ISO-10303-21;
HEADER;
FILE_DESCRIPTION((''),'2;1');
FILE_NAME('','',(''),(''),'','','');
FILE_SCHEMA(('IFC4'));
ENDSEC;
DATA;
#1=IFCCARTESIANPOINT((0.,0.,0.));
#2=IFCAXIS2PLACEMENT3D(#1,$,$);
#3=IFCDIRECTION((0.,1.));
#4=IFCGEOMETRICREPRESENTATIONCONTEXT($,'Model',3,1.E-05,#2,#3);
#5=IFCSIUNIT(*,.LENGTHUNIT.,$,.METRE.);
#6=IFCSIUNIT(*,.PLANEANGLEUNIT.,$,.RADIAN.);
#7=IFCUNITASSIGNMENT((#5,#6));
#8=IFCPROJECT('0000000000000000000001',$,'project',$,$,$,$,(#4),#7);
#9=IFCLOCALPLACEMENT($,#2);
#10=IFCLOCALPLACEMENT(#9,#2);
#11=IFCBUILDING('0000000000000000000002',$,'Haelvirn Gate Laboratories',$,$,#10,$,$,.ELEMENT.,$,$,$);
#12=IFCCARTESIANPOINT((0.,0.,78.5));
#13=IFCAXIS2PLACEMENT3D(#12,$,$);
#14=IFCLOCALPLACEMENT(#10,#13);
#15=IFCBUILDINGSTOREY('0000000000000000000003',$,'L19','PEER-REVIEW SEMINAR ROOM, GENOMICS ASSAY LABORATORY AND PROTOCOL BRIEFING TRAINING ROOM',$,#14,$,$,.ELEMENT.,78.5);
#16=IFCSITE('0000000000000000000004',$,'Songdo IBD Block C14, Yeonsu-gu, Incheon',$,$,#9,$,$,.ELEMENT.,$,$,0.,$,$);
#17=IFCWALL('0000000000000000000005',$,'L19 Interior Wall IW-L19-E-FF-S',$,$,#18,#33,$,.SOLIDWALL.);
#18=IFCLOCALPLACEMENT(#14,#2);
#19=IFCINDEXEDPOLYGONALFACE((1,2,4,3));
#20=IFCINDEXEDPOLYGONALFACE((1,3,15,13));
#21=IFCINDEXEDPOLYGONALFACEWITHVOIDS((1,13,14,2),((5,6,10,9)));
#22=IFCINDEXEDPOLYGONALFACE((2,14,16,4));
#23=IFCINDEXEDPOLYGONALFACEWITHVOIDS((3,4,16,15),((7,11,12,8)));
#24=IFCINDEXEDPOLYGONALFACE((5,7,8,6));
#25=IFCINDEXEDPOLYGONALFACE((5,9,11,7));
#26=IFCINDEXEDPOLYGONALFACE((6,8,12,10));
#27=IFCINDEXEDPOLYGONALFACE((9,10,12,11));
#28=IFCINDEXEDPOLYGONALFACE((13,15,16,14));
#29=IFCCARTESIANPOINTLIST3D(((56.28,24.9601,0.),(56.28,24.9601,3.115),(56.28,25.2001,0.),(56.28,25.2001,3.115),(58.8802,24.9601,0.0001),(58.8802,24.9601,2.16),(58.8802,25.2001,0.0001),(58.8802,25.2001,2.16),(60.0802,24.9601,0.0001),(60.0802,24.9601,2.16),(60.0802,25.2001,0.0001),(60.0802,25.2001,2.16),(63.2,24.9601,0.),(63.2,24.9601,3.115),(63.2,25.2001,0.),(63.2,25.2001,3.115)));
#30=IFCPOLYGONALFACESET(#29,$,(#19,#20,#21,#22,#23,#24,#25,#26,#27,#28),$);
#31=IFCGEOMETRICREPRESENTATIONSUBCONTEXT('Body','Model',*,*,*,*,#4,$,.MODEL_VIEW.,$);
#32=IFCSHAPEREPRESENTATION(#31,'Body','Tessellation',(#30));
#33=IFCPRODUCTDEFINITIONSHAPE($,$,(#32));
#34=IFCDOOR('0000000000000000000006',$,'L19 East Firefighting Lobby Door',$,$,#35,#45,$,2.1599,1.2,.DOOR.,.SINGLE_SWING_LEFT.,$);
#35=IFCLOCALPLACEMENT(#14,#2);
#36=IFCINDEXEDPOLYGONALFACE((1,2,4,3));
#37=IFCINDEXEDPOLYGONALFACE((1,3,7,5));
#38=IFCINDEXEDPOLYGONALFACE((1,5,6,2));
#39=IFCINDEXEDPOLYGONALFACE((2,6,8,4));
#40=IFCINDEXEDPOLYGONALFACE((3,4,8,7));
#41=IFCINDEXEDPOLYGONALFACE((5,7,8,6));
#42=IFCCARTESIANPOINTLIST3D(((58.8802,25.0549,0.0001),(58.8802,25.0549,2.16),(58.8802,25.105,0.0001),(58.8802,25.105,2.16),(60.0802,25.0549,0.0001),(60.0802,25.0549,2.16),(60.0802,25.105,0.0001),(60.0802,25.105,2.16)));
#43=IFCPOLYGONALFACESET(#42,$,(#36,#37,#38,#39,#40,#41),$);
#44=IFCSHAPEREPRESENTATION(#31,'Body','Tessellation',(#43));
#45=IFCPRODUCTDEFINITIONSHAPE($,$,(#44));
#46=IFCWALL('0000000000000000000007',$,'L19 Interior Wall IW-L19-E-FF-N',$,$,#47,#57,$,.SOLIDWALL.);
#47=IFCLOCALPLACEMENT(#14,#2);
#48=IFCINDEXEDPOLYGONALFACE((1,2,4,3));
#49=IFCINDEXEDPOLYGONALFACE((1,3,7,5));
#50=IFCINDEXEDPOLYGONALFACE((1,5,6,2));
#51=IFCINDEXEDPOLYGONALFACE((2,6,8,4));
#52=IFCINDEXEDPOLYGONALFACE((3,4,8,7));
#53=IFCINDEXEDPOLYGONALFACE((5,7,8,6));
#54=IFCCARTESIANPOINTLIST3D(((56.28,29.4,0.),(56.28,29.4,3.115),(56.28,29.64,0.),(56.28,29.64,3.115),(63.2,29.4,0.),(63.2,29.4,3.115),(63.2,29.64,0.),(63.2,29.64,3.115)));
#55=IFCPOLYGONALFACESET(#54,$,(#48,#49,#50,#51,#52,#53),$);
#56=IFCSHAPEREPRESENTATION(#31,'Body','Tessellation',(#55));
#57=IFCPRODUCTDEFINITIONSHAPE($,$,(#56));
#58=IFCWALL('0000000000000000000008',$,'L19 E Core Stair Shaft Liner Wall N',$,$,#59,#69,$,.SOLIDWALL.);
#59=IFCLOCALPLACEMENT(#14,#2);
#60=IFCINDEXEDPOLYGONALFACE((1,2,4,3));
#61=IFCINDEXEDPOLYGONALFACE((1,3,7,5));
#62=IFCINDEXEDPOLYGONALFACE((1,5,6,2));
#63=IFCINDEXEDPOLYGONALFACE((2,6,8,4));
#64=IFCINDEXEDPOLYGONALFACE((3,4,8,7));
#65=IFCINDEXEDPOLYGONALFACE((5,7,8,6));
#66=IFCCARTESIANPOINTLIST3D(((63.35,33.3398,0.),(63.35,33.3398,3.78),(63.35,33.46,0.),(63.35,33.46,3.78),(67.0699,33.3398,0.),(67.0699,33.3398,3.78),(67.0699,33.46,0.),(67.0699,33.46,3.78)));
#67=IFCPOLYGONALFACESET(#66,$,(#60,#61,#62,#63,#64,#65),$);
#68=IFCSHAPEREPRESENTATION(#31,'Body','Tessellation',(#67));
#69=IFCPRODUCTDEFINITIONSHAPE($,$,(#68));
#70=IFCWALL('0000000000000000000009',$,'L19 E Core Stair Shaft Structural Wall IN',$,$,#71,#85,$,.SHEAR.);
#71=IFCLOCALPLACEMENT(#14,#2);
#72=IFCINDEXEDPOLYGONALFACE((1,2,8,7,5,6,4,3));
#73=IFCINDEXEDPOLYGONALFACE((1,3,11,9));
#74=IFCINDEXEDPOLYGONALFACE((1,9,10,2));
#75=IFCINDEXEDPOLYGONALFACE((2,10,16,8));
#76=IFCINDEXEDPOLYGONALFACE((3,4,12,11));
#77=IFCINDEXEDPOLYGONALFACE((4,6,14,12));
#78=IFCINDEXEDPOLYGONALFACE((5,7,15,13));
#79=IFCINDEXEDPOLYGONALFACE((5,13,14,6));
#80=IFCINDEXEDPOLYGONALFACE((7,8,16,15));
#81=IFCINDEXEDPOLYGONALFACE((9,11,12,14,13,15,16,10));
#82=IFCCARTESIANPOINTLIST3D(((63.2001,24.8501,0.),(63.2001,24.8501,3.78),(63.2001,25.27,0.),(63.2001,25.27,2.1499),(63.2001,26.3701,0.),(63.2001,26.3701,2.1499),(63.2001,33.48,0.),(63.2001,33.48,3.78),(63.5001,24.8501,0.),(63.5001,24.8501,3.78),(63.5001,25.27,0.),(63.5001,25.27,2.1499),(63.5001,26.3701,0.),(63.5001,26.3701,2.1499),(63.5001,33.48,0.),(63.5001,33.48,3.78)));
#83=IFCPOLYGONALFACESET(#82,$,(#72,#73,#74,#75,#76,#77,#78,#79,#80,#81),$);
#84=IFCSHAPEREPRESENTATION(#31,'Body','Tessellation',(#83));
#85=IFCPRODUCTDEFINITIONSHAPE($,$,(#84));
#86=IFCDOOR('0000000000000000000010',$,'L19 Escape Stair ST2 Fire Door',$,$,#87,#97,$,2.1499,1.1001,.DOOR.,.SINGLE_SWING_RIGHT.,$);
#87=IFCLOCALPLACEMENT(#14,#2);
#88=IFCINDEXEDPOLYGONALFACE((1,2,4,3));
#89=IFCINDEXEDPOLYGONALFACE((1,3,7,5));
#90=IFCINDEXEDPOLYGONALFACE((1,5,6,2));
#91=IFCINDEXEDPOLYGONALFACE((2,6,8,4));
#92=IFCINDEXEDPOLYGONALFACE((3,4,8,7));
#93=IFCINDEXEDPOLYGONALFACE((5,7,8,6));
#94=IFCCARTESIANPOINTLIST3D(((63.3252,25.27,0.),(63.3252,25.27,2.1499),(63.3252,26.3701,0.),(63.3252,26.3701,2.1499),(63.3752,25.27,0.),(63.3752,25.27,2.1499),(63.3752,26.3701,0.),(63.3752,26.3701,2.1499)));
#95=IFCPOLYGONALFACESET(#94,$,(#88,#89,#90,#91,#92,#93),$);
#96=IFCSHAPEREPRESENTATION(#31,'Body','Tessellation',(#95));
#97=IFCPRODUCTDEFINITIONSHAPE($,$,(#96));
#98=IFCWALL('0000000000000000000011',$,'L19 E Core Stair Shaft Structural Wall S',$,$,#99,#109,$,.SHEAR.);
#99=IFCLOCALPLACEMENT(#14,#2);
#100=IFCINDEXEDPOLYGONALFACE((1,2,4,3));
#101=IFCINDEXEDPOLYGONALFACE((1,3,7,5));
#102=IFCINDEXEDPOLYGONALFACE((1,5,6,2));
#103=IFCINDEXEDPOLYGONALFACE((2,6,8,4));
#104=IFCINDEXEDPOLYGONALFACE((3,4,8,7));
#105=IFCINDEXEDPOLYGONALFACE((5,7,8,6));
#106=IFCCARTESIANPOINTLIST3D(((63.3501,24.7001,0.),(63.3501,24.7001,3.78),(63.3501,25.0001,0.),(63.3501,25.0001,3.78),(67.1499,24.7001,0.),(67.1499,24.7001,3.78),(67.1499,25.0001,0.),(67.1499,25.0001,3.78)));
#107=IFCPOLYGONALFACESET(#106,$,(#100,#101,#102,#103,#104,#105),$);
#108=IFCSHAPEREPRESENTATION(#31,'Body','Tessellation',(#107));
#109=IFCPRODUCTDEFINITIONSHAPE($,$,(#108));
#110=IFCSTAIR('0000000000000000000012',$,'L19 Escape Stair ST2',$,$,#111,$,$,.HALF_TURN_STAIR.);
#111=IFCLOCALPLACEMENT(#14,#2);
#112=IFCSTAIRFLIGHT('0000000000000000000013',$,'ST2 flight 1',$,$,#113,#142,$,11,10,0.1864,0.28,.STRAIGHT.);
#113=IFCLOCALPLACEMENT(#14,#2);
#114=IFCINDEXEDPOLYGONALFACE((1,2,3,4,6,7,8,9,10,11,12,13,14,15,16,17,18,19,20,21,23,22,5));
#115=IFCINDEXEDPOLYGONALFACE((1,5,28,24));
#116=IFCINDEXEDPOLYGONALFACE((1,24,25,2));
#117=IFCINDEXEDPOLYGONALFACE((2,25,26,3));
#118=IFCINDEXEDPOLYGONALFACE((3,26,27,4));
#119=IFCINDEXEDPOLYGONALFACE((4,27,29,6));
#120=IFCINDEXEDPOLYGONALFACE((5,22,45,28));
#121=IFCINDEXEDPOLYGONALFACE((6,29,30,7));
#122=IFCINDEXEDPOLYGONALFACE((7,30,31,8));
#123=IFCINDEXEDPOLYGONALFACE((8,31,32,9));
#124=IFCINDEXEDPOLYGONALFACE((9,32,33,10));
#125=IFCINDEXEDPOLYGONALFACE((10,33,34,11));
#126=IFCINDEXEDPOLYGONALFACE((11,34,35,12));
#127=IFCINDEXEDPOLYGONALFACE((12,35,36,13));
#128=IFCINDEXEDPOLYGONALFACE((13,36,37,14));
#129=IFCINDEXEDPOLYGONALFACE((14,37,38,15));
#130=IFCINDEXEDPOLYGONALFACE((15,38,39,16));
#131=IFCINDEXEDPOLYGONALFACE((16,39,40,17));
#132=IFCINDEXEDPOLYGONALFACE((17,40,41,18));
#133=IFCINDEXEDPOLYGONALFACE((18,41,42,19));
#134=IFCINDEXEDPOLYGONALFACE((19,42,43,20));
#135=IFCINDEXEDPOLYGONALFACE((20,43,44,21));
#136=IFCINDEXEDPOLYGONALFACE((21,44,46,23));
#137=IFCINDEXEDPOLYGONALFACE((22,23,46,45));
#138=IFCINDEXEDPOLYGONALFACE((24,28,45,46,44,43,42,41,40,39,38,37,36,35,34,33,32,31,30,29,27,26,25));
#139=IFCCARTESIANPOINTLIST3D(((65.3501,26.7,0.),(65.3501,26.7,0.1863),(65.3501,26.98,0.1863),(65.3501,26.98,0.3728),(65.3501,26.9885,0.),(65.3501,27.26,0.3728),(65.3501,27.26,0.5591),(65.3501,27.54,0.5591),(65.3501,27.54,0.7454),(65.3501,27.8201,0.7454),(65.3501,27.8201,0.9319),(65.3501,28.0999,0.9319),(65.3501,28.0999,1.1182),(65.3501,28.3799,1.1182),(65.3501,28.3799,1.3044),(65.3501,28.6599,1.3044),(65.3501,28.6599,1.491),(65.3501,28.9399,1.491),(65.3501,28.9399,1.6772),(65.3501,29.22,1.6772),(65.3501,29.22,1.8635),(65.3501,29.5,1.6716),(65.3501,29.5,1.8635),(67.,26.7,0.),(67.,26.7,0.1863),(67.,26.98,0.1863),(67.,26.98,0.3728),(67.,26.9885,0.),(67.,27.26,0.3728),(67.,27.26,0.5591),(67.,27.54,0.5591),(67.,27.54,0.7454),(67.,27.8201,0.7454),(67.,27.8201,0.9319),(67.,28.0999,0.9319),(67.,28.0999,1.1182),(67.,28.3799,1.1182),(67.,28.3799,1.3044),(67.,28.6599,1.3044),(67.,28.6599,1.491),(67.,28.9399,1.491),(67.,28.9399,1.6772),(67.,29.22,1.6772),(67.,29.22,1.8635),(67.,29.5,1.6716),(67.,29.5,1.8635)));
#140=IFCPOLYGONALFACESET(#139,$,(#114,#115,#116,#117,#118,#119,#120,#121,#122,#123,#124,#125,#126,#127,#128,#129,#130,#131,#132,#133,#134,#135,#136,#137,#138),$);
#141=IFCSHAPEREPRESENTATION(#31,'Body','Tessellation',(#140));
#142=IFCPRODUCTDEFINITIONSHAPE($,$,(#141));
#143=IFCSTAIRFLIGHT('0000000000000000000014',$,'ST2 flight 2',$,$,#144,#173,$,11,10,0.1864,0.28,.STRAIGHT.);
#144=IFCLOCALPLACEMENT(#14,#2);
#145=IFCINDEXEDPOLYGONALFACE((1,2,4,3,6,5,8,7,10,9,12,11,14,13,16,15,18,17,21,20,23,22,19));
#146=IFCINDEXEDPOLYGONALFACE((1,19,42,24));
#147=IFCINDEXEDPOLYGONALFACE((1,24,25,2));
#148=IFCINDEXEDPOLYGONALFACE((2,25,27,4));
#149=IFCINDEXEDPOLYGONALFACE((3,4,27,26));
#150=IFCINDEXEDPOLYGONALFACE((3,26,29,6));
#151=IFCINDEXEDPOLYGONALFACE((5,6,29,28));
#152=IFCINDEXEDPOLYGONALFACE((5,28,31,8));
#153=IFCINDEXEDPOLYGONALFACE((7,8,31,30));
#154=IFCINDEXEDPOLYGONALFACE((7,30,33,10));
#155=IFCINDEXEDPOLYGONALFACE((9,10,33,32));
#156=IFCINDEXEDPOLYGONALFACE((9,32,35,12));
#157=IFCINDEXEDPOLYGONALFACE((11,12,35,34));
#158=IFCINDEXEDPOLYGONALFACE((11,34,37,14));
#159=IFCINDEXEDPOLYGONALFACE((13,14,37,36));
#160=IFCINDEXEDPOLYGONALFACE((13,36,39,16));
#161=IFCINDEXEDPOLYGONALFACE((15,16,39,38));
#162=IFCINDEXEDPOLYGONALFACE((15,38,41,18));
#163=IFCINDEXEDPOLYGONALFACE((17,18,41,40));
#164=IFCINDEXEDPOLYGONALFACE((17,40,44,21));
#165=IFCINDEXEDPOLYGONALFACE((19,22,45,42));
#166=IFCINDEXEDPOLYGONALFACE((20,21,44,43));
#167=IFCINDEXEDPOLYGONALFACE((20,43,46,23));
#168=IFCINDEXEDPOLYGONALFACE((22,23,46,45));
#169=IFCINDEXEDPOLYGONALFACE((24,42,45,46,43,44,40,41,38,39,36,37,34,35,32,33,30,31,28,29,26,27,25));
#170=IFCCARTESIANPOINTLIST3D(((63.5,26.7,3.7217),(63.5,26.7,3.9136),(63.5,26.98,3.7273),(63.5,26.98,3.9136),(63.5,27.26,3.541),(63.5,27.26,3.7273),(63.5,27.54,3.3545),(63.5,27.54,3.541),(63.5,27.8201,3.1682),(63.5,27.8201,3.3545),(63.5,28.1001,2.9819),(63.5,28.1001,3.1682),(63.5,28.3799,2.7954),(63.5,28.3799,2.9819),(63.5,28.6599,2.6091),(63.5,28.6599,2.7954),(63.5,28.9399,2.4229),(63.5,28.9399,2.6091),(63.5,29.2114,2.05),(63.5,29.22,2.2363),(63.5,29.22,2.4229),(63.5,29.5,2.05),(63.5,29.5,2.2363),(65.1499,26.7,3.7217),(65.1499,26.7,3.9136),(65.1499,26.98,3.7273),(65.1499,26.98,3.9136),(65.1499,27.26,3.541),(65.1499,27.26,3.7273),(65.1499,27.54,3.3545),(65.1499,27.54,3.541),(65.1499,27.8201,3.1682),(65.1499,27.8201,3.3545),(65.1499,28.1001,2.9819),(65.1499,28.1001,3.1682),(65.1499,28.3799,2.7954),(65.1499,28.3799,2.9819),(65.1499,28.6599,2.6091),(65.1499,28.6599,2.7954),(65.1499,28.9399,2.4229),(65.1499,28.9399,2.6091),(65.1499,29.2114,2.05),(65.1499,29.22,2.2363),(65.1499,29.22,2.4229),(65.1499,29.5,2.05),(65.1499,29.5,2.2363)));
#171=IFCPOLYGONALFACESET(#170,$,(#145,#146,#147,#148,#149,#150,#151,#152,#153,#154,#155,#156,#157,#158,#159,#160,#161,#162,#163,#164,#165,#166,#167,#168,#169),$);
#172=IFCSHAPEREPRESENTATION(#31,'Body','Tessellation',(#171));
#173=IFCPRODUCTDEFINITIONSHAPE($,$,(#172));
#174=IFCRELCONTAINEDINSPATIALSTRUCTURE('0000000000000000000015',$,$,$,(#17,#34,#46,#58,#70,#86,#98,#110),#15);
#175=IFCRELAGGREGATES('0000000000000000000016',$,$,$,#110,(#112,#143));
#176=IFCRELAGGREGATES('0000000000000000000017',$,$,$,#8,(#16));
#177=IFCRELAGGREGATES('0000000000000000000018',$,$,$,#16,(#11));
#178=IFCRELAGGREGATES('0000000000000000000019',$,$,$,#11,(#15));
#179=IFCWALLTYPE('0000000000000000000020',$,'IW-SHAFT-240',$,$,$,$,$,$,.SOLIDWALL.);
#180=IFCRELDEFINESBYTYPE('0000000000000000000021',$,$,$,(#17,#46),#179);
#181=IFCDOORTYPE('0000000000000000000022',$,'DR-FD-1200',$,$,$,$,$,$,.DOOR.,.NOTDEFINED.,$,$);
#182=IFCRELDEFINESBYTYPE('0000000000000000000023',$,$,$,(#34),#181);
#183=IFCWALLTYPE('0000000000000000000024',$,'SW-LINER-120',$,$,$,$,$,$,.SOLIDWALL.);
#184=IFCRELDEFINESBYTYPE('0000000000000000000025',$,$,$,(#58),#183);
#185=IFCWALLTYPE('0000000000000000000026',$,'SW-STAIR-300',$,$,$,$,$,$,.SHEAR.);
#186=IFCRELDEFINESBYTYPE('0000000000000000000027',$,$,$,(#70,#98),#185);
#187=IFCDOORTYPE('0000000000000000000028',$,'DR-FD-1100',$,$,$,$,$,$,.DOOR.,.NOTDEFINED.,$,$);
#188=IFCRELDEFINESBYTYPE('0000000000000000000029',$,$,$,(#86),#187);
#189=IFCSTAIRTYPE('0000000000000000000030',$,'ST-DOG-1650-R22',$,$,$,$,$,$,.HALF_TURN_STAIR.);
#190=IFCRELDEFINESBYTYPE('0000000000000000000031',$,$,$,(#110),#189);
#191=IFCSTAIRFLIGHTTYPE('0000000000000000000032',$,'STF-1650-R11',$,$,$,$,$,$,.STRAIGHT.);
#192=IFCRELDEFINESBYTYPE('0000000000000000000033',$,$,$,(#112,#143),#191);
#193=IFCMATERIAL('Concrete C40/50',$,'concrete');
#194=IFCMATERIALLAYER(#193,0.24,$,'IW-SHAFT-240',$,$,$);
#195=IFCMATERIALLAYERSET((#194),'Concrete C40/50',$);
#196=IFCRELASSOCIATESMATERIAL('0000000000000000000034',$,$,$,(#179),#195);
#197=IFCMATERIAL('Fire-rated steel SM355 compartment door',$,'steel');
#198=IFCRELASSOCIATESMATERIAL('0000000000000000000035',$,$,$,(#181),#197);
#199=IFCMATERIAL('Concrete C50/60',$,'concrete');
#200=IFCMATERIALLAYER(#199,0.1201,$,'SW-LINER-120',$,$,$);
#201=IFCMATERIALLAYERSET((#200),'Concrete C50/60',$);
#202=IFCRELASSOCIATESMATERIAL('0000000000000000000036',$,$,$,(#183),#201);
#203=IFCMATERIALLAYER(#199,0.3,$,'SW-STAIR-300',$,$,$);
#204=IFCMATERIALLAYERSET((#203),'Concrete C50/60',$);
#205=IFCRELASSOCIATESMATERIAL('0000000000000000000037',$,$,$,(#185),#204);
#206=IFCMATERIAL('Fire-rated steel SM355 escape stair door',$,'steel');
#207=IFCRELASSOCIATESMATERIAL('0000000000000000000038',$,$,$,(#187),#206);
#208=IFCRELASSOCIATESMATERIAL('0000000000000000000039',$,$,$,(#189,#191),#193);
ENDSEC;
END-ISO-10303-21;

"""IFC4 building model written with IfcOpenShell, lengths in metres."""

from ifc_helpers import new_model, si_unit, direction, frame, frame_2d, origin, place, context, subcontext, project, spatial, polyline, rectangle, outline, extrude, source, transform, mapped, material, layer, layer_set, type_object, type_shapes, element, fill, aggregate, save


model = new_model("IFC4")

# Units and contexts
model_context = context("Model", 3, precision=1e-05, world=origin(), true_north=direction((0.0, 1.0)))
body_context = subcontext(model_context, "Body", "Model", "MODEL_VIEW")
ifc_project = project(units=[si_unit("LENGTHUNIT", "METRE"), si_unit("PLANEANGLEUNIT", "RADIAN")], contexts=[model_context])

# Site, building, storey
site_placement = place(None, origin())
site = spatial("IfcSite", under=ifc_project, at=site_placement, Name="Songdo IBD Block C14, Yeonsu-gu, Incheon", CompositionType="ELEMENT", RefElevation=0.0)
building_placement = place(site_placement, origin())
building = spatial("IfcBuilding", under=site, at=building_placement, Name="Haelvirn Gate Laboratories", CompositionType="ELEMENT")
storey_placement = place(building_placement, frame((0.0, 0.0, 78.5)))
storey = spatial("IfcBuildingStorey", under=building, at=storey_placement, Name="L19", Description="PEER-REVIEW SEMINAR ROOM, GENOMICS ASSAY LABORATORY AND PROTOCOL BRIEFING TRAINING ROOM", CompositionType="ELEMENT", Elevation=78.5)

# Shared definitions
ifc_material_1 = material(Name="Concrete C40/50", Category="concrete")

# Wall, opening, door
ifc_layer_1 = layer(ifc_material_1, 0.24, Name="IW-SHAFT-240")
ifc_layer_set_1 = layer_set([ifc_layer_1], Name="Concrete C40/50")
wall_type_1 = type_object("IfcWallType", Name="IW-SHAFT-240", PredefinedType="SOLIDWALL", material=ifc_layer_set_1)
wall_1_placement = place(storey_placement, frame((56.28, 25.0801, 0.0), z_axis=(0.0, 0.0, 1.0), x_axis=(1.0, 0.0, 0.0)))
wall_1 = element("IfcWall", 1, at=wall_1_placement, inside=storey, type_object=wall_type_1, Name="L19 Interior Wall IW-L19-E-FF-S", PredefinedType="SOLIDWALL", context=body_context, shape_type="SweptSolid", body=[
    extrude(rectangle(XDim=6.9199, YDim=0.24, at=frame_2d((3.46, 0.0))), origin(), (0.0, 0.0, 1.0), 3.115),
])
opening_1_placement = place(wall_1_placement, frame((2.6001, 0.0, 0.0)))
opening_1 = element("IfcOpeningElement", 2, at=opening_1_placement, cuts=wall_1, PredefinedType="OPENING", context=body_context, shape_type="SweptSolid", body=[
    extrude(rectangle(XDim=1.2, YDim=2.1599, at=frame_2d((0.6001, 1.0801))), frame((0.0, 0.1299, 0.0), z_axis=(0.0, -1.0, 0.0), x_axis=(1.0, 0.0, 0.0)), (0.0, 0.0, 1.0), 0.26),
])
ifc_material_2 = material(Name="Fire-rated steel SM355 compartment door", Category="steel")
door_type_1 = type_object("IfcDoorType", Name="DR-FD-1200", OperationType="NOTDEFINED", PredefinedType="DOOR", material=ifc_material_2)
shared_shape_1 = source(origin(), body_context, "Body", "SweptSolid", [
    extrude(rectangle(XDim=1.2, YDim=2.1599, at=frame_2d((0.6001, 1.0801))), frame((0.0, 0.0249, 0.0), z_axis=(0.0, -1.0, 0.0), x_axis=(1.0, 0.0, 0.0)), (0.0, 0.0, 1.0), 0.05),
])
type_shapes(door_type_1, [shared_shape_1])
door_1_placement = place(opening_1_placement, origin())
door_1 = element("IfcDoor", 3, at=door_1_placement, inside=storey, type_object=door_type_1, Name="L19 East Firefighting Lobby Door", OperationType="SINGLE_SWING_LEFT", OverallHeight=2.1599, OverallWidth=1.2, PredefinedType="DOOR", context=body_context, shape_type="MappedRepresentation", body=[
    mapped(shared_shape_1, transform((0.0, 0.0, 0.0), scale=1.0)),
])
fill(opening_1, door_1)

# Walls
wall_2_placement = place(storey_placement, frame((56.28, 29.52, 0.0), z_axis=(0.0, 0.0, 1.0), x_axis=(1.0, 0.0, 0.0)))
element("IfcWall", 4, at=wall_2_placement, inside=storey, type_object=wall_type_1, Name="L19 Interior Wall IW-L19-E-FF-N", PredefinedType="SOLIDWALL", context=body_context, shape_type="SweptSolid", body=[
    extrude(rectangle(XDim=6.9199, YDim=0.24, at=frame_2d((3.46, 0.0))), origin(), (0.0, 0.0, 1.0), 3.115),
])
ifc_material_3 = material(Name="Concrete C50/60", Category="concrete")
ifc_layer_2 = layer(ifc_material_3, 0.1201, Name="SW-LINER-120")
ifc_layer_set_2 = layer_set([ifc_layer_2], Name="Concrete C50/60")
wall_type_2 = type_object("IfcWallType", Name="SW-LINER-120", PredefinedType="SOLIDWALL", material=ifc_layer_set_2)
wall_3_placement = place(storey_placement, frame((63.3501, 33.3999, 0.0), z_axis=(0.0, 0.0, 1.0), x_axis=(1.0, 0.0, 0.0)))
element("IfcWall", 5, at=wall_3_placement, inside=storey, type_object=wall_type_2, Name="L19 E Core Stair Shaft Liner Wall N", PredefinedType="SOLIDWALL", context=body_context, shape_type="SweptSolid", body=[
    extrude(rectangle(XDim=3.72, YDim=0.1201, at=frame_2d((1.8599, 0.0))), origin(), (0.0, 0.0, 1.0), 3.78),
])

# Wall, opening, door
ifc_layer_3 = layer(ifc_material_3, 0.3, Name="SW-STAIR-300")
ifc_layer_set_3 = layer_set([ifc_layer_3], Name="Concrete C50/60")
wall_type_3 = type_object("IfcWallType", Name="SW-STAIR-300", PredefinedType="SHEAR", material=ifc_layer_set_3)
wall_4_placement = place(storey_placement, frame((63.3501, 24.8501, 0.0), z_axis=(0.0, 0.0, 1.0), x_axis=(0.0, 1.0, 0.0)))
wall_4 = element("IfcWall", 6, at=wall_4_placement, inside=storey, type_object=wall_type_3, Name="L19 E Core Stair Shaft Structural Wall IN", PredefinedType="SHEAR", context=body_context, shape_type="SweptSolid", body=[
    extrude(rectangle(XDim=8.6299, YDim=0.3, at=frame_2d((4.3149, 0.0))), origin(), (0.0, 0.0, 1.0), 3.78),
])
opening_2_placement = place(wall_4_placement, frame((0.4199, 0.0, 0.0)))
opening_2 = element("IfcOpeningElement", 7, at=opening_2_placement, cuts=wall_4, PredefinedType="OPENING", context=body_context, shape_type="SweptSolid", body=[
    extrude(rectangle(XDim=1.1001, YDim=2.1499, at=frame_2d((0.55, 1.075))), frame((0.0, 0.1602, 0.0), z_axis=(0.0, -1.0, 0.0), x_axis=(1.0, 0.0, 0.0)), (0.0, 0.0, 1.0), 0.3201),
])
ifc_material_4 = material(Name="Fire-rated steel SM355 escape stair door", Category="steel")
door_type_2 = type_object("IfcDoorType", Name="DR-FD-1100", OperationType="NOTDEFINED", PredefinedType="DOOR", material=ifc_material_4)
shared_shape_2 = source(origin(), body_context, "Body", "SweptSolid", [
    extrude(rectangle(XDim=1.1001, YDim=2.1499, at=frame_2d((0.55, 1.075))), frame((0.0, 0.0249, 0.0), z_axis=(0.0, -1.0, 0.0), x_axis=(1.0, 0.0, 0.0)), (0.0, 0.0, 1.0), 0.05),
])
type_shapes(door_type_2, [shared_shape_2])
door_2_placement = place(opening_2_placement, origin())
door_2 = element("IfcDoor", 8, at=door_2_placement, inside=storey, type_object=door_type_2, Name="L19 Escape Stair ST2 Fire Door", OperationType="SINGLE_SWING_RIGHT", OverallHeight=2.1499, OverallWidth=1.1001, PredefinedType="DOOR", context=body_context, shape_type="MappedRepresentation", body=[
    mapped(shared_shape_2, transform((0.0, 0.0, 0.0), scale=1.0)),
])
fill(opening_2, door_2)

# Wall
wall_5_placement = place(storey_placement, frame((63.3501, 24.8501, 0.0), z_axis=(0.0, 0.0, 1.0), x_axis=(1.0, 0.0, 0.0)))
element("IfcWall", 9, at=wall_5_placement, inside=storey, type_object=wall_type_3, Name="L19 E Core Stair Shaft Structural Wall S", PredefinedType="SHEAR", context=body_context, shape_type="SweptSolid", body=[
    extrude(rectangle(XDim=3.7998, YDim=0.3, at=frame_2d((1.8999, 0.0))), origin(), (0.0, 0.0, 1.0), 3.78),
])

# Stair, stair flights
stair_type = type_object("IfcStairType", Name="ST-DOG-1650-R22", PredefinedType="HALF_TURN_STAIR", material=ifc_material_1)
stair_placement = place(storey_placement, origin())
stair = element("IfcStair", 10, at=stair_placement, inside=storey, type_object=stair_type, Name="L19 Escape Stair ST2", PredefinedType="HALF_TURN_STAIR")
stair_flight_type = type_object("IfcStairFlightType", Name="STF-1650-R11", PredefinedType="STRAIGHT", material=ifc_material_1)
shared_shape_3 = source(origin(), body_context, "Body", "SweptSolid", [
    extrude(outline(polyline([(0.0, 0.0), (0.0, 0.1863), (0.28, 0.1863), (0.28, 0.3728), (0.5601, 0.3728), (0.5601, 0.5591), (0.8401, 0.5591), (0.8401, 0.7454), (1.1201, 0.7454), (1.1201, 0.9319), (1.3999, 0.9319), (1.3999, 1.1182), (1.6799, 1.1182), (1.6799, 1.3044), (1.96, 1.3044), (1.96, 1.491), (2.24, 1.491), (2.24, 1.6772), (2.52, 1.6772), (2.52, 1.8635), (2.8, 1.8635), (2.8, 2.05), (2.8, 1.6716), (0.2886, 0.0), (0.0, 0.0)])), frame((0.0, 0.825, 0.0), z_axis=(0.0, -1.0, 0.0), x_axis=(1.0, 0.0, 0.0)), (0.0, 0.0, 1.0), 1.6499),
])
type_shapes(stair_flight_type, [shared_shape_3])
stair_flight_1_placement = place(storey_placement, frame((66.175, 26.7, 0.0), z_axis=(0.0, 0.0, 1.0), x_axis=(0.0, 1.0, 0.0)))
stair_flight_1 = element("IfcStairFlight", 11, at=stair_flight_1_placement, type_object=stair_flight_type, Name="ST2 flight 1", NumberOfRisers=11, NumberOfTreads=10, PredefinedType="STRAIGHT", RiserHeight=0.1864, TreadLength=0.28, context=body_context, shape_type="MappedRepresentation", body=[
    mapped(shared_shape_3, transform((0.0, 0.0, 0.0), scale=1.0)),
])
stair_flight_2_placement = place(storey_placement, frame((64.325, 29.5, 2.05), z_axis=(0.0, 0.0, 1.0), x_axis=(0.0, -1.0, 0.0)))
stair_flight_2 = element("IfcStairFlight", 12, at=stair_flight_2_placement, type_object=stair_flight_type, Name="ST2 flight 2", NumberOfRisers=11, NumberOfTreads=10, PredefinedType="STRAIGHT", RiserHeight=0.1864, TreadLength=0.28, context=body_context, shape_type="MappedRepresentation", body=[
    mapped(shared_shape_3, transform((0.0, 0.0, 0.0), scale=1.0)),
])
aggregate(stair, [stair_flight_1, stair_flight_2])

save(model, "model.ifc")
